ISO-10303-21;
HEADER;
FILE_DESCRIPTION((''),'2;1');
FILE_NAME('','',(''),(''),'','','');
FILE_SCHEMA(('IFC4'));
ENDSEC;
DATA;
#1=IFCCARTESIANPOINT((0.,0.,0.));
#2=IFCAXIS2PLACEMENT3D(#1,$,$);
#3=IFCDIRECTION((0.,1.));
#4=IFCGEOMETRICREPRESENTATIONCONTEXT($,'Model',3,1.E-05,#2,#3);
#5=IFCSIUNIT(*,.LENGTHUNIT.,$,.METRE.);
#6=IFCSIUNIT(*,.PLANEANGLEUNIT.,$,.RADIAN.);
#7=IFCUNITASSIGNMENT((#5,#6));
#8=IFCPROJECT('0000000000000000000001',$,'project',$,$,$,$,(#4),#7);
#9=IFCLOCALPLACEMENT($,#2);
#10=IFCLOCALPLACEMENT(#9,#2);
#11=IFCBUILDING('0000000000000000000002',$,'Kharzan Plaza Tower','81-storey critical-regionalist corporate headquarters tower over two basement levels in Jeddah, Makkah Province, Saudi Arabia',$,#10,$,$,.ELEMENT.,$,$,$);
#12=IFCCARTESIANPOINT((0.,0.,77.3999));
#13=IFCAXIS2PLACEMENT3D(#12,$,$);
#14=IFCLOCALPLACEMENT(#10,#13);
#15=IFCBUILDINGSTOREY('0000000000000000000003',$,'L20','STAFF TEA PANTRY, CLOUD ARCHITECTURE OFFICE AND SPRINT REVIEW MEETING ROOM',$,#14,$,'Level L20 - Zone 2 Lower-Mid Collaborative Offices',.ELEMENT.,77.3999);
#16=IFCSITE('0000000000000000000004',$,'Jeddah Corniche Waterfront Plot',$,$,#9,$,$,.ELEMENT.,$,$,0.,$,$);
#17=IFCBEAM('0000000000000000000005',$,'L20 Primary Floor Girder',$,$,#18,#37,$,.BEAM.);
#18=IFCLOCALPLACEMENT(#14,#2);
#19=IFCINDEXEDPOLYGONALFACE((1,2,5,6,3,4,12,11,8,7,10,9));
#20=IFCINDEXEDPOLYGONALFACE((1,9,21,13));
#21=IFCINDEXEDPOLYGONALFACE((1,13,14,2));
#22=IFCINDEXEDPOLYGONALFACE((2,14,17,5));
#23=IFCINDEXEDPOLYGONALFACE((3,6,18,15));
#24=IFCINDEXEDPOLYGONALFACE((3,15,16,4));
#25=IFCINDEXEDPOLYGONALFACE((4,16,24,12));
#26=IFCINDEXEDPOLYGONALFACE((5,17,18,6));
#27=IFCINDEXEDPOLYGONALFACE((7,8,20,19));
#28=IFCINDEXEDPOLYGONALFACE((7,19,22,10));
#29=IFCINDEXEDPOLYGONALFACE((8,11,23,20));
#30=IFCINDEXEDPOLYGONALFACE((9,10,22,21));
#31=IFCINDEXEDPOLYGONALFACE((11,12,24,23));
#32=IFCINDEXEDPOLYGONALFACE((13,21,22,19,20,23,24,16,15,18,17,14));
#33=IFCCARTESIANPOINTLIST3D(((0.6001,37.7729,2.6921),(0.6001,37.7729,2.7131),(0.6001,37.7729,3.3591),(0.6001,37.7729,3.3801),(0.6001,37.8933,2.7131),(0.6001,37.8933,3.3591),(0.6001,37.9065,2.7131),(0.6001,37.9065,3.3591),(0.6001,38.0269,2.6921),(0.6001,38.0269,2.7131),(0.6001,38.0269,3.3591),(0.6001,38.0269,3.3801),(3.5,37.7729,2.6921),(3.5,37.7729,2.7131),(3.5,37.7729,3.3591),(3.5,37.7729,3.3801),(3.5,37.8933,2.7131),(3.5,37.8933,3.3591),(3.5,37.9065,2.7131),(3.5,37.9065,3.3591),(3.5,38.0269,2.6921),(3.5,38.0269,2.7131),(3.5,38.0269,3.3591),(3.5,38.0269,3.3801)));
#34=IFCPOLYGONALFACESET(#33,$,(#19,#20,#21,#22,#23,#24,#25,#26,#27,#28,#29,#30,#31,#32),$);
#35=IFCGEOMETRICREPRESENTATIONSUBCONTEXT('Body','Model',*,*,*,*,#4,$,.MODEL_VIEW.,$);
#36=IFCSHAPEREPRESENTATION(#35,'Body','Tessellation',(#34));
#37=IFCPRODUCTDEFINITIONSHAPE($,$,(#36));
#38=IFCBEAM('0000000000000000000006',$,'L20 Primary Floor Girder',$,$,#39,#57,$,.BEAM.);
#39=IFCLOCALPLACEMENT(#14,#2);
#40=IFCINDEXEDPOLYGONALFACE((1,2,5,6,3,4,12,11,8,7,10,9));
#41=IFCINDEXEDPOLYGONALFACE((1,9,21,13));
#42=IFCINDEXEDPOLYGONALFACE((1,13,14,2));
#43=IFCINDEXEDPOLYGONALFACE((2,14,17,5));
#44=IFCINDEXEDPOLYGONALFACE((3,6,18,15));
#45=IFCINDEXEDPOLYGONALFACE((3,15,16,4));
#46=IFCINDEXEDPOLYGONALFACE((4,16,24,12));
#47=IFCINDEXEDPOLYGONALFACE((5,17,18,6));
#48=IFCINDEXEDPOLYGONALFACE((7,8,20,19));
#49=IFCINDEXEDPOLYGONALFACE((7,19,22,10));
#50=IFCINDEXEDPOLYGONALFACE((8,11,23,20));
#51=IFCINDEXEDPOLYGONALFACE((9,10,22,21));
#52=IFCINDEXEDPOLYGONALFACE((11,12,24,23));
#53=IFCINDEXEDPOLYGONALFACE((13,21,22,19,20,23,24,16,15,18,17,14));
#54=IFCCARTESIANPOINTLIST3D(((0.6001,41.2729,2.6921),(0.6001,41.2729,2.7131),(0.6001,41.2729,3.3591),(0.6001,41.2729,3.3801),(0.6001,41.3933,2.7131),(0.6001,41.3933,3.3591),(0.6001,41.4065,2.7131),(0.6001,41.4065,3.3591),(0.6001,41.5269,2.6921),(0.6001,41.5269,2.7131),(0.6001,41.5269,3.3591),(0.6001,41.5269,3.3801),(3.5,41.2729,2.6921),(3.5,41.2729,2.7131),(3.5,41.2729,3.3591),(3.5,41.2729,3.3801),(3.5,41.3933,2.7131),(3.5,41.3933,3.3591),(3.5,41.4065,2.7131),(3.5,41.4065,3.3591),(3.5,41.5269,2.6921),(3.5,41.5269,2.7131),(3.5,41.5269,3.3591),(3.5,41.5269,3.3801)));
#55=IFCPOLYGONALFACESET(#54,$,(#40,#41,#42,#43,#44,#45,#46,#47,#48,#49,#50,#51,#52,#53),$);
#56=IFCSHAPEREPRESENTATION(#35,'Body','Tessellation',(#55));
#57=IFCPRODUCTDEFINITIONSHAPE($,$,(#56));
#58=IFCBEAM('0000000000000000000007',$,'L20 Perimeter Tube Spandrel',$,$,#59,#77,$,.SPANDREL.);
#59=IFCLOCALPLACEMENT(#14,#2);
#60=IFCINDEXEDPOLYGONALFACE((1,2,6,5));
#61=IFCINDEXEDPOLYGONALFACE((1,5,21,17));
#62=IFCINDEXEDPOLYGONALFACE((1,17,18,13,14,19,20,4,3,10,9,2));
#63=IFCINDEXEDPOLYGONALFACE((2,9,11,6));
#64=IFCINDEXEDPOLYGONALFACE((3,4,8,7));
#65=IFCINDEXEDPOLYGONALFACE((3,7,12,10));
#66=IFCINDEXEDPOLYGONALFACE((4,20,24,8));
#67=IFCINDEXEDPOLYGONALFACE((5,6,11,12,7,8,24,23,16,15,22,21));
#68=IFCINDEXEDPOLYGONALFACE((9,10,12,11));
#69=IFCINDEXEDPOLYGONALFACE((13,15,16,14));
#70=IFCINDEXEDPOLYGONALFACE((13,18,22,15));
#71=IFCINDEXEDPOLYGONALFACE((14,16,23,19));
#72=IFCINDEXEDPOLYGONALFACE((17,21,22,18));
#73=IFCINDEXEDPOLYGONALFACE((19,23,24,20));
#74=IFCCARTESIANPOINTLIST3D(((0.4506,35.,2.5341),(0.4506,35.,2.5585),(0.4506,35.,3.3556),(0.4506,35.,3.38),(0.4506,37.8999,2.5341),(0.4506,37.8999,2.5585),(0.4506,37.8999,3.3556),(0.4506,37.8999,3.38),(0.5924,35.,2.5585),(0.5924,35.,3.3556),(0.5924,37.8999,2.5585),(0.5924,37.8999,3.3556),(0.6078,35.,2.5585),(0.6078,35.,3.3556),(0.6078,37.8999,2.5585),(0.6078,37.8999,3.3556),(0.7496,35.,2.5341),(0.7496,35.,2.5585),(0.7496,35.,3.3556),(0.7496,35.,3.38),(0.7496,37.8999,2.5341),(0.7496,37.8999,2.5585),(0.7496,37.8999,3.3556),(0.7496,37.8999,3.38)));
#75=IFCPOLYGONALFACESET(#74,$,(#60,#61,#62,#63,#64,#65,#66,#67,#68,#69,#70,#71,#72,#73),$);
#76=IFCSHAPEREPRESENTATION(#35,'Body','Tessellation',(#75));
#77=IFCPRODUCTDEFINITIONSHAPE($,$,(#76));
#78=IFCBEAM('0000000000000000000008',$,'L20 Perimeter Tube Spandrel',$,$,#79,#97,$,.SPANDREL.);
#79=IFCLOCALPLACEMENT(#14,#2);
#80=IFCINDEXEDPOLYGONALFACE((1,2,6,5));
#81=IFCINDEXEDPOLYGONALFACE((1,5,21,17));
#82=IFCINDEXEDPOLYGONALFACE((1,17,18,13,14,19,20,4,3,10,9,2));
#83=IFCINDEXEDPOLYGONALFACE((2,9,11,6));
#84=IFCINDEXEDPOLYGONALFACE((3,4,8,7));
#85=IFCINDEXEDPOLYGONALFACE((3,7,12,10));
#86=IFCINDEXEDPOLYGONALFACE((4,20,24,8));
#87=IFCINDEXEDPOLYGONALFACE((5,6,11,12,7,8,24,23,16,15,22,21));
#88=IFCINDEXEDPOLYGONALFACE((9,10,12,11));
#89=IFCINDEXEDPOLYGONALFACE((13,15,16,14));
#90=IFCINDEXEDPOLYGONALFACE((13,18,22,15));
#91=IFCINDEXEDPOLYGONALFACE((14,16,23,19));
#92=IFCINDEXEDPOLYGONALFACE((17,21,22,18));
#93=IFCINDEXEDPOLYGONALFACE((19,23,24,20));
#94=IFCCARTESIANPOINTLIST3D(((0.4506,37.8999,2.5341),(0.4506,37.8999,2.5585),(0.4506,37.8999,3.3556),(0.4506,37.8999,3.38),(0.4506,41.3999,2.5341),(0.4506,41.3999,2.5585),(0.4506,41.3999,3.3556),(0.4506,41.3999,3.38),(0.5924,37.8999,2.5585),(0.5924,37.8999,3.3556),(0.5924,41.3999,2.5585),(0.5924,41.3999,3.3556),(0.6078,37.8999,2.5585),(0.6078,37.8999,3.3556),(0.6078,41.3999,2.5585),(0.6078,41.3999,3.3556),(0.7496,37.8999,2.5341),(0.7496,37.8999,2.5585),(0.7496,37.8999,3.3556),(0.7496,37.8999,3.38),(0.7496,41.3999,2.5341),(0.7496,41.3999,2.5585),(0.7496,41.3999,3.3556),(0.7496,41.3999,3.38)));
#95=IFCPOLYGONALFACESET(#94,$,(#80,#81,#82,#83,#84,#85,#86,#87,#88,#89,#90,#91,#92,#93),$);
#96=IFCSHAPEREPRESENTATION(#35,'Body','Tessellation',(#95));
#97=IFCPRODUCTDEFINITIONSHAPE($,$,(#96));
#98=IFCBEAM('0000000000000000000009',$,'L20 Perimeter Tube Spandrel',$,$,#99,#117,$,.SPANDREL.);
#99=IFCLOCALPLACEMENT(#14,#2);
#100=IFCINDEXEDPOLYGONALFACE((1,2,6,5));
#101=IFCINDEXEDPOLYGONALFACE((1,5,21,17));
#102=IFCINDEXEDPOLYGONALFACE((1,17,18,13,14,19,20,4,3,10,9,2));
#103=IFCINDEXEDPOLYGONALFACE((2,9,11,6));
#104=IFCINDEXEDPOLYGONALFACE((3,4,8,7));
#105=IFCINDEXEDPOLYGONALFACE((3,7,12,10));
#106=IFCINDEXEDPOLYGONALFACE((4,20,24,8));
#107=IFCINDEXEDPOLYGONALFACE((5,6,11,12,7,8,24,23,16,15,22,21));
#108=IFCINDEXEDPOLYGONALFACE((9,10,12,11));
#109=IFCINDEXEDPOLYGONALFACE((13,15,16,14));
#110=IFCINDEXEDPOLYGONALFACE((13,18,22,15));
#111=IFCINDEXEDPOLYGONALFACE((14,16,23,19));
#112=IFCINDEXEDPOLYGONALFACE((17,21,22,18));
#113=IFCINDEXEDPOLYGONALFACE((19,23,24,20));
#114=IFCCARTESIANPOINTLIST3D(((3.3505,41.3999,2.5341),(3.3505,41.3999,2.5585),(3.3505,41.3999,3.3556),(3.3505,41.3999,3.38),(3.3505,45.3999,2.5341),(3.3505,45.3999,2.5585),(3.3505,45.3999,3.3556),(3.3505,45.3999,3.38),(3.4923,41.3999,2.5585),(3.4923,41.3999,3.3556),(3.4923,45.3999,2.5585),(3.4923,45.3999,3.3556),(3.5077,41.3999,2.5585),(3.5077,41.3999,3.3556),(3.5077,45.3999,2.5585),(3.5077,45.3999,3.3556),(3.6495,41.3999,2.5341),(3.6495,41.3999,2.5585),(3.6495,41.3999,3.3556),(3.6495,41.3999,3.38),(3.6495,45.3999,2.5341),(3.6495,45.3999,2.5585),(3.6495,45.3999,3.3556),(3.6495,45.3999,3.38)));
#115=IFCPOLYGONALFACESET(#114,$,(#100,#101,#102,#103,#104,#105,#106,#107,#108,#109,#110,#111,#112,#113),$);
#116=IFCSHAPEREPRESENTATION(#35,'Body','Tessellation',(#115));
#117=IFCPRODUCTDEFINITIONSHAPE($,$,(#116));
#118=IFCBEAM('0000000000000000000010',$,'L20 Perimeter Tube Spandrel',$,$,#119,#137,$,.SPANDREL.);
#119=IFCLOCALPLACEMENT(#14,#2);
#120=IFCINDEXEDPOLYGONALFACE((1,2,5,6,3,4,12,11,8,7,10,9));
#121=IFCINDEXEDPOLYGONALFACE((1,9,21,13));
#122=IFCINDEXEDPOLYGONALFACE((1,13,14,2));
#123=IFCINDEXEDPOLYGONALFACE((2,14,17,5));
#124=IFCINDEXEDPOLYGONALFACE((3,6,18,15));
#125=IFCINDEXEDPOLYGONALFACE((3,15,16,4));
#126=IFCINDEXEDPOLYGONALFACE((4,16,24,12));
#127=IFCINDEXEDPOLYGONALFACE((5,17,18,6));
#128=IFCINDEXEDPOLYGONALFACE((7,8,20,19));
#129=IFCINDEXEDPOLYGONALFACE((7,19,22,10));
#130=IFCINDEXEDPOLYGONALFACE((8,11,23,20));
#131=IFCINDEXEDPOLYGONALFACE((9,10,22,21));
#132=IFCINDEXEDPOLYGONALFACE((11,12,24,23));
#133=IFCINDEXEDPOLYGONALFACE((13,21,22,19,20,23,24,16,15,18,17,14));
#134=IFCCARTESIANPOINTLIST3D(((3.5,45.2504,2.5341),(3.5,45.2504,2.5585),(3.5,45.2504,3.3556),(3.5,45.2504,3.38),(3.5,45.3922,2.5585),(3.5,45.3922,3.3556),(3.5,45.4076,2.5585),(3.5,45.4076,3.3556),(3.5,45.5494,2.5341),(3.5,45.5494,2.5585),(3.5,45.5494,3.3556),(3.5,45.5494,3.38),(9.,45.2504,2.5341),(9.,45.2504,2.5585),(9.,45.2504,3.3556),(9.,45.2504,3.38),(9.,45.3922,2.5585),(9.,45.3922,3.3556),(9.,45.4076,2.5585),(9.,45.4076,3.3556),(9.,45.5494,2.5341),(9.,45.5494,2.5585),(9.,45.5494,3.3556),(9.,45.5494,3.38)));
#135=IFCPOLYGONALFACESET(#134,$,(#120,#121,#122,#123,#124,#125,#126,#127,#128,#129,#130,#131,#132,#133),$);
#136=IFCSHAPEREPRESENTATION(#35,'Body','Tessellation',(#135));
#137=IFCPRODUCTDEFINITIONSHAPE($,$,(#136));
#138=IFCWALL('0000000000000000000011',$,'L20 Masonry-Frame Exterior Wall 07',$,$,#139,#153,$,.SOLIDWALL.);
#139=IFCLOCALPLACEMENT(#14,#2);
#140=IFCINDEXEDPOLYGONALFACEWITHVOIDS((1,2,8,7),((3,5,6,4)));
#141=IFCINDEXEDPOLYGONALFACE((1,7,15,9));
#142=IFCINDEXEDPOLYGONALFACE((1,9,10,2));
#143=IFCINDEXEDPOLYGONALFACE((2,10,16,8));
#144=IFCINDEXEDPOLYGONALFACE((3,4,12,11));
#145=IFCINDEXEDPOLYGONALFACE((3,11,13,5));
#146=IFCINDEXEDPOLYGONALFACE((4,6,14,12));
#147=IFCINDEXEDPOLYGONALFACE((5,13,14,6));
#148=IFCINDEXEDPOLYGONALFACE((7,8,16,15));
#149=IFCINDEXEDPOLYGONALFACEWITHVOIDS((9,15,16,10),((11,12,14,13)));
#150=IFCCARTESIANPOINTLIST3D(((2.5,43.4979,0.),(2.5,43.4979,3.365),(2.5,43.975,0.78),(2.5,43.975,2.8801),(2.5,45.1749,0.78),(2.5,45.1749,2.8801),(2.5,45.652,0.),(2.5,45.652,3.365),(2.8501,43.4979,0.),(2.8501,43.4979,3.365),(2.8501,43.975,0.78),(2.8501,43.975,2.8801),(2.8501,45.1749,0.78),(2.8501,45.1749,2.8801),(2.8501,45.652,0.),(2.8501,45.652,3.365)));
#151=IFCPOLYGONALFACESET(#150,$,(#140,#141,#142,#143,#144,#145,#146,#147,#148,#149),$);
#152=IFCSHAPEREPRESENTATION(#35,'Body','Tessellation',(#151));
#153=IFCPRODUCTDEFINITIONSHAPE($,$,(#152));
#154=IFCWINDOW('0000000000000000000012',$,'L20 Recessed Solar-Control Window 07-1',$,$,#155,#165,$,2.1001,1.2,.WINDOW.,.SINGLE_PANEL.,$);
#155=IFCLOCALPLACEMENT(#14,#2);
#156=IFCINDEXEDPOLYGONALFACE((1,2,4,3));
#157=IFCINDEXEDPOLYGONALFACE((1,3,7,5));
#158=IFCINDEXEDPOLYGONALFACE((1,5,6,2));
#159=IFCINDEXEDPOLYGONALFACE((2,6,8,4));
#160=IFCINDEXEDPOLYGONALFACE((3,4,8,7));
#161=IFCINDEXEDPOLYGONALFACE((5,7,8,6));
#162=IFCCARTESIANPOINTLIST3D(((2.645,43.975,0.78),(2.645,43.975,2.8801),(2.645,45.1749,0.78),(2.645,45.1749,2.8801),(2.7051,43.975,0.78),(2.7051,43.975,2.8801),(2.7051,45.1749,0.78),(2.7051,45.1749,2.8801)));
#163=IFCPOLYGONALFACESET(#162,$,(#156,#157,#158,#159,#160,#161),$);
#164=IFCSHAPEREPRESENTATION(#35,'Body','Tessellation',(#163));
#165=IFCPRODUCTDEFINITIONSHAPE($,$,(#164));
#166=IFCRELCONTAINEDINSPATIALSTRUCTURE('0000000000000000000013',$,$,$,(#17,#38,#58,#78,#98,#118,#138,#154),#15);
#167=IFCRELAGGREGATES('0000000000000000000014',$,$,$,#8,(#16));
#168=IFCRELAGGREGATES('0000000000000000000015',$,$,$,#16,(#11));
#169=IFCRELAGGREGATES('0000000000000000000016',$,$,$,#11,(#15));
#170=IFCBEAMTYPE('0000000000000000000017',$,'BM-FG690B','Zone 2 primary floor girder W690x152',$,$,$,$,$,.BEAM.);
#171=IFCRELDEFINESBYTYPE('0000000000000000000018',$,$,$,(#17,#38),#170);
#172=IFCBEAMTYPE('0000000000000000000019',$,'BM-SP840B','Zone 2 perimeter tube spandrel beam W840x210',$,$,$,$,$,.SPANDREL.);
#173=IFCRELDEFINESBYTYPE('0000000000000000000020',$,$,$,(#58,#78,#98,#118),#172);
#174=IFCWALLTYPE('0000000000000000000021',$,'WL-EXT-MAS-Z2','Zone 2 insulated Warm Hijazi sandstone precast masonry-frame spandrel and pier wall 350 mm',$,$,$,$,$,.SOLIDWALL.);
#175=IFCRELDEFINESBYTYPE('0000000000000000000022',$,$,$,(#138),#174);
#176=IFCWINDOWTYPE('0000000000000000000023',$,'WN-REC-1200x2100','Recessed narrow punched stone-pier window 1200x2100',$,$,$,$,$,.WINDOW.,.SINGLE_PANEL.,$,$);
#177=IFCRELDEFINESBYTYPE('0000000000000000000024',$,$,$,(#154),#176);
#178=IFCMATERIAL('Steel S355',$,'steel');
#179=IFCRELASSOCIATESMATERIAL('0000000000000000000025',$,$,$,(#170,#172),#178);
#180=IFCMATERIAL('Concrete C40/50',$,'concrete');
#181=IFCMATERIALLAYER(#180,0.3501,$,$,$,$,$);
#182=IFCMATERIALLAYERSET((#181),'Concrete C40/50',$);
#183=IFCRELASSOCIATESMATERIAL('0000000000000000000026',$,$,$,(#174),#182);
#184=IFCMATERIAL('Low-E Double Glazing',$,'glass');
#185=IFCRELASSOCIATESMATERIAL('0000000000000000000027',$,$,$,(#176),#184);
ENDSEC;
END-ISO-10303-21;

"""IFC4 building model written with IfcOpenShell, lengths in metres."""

from ifc_helpers import new_model, si_unit, direction, frame, frame_2d, origin, origin_2d, place, context, subcontext, project, spatial, rectangle, i_section, extrude, source, transform, mapped, material, layer, layer_set, material_profile, profile_set, type_object, element, fill, save


model = new_model("IFC4")

# Units and contexts
model_context = context("Model", 3, precision=1e-05, world=origin(), true_north=direction((0.0, 1.0)))
body_context = subcontext(model_context, "Body", "Model", "MODEL_VIEW")
ifc_project = project(units=[si_unit("LENGTHUNIT", "METRE"), si_unit("PLANEANGLEUNIT", "RADIAN")], contexts=[model_context])

# Site, building, storey
site_placement = place(None, origin())
site = spatial("IfcSite", under=ifc_project, at=site_placement, Name="Jeddah Corniche Waterfront Plot", CompositionType="ELEMENT", RefElevation=0.0)
building_placement = place(site_placement, origin())
building = spatial("IfcBuilding", under=site, at=building_placement, Name="Kharzan Plaza Tower", Description="81-storey critical-regionalist corporate headquarters tower over two basement levels in Jeddah, Makkah Province, Saudi Arabia", CompositionType="ELEMENT")
storey_placement = place(building_placement, frame((0.0, 0.0, 77.3999)))
storey = spatial("IfcBuildingStorey", under=building, at=storey_placement, Name="L20", Description="STAFF TEA PANTRY, CLOUD ARCHITECTURE OFFICE AND SPRINT REVIEW MEETING ROOM", LongName="Level L20 - Zone 2 Lower-Mid Collaborative Offices", CompositionType="ELEMENT", Elevation=77.3999)

# Beams
ifc_material_1 = material(Name="Steel S355", Category="steel")
ifc_material_profile_1 = material_profile(ifc_material_1, i_section(OverallWidth=0.2539, OverallDepth=0.688, WebThickness=0.0132, FlangeThickness=0.021, at=origin_2d()), Name="W690x152")
ifc_profile_set_1 = profile_set([ifc_material_profile_1], Name="Steel S355")
beam_type_1 = type_object("IfcBeamType", Name="BM-FG690B", Description="Zone 2 primary floor girder W690x152", PredefinedType="BEAM", material=ifc_profile_set_1)
shared_shape_1 = source(origin(), body_context, "Body", "SweptSolid", [
    extrude(i_section(OverallWidth=0.2539, OverallDepth=0.688, WebThickness=0.0132, FlangeThickness=0.021, at=origin_2d()), origin(), (0.0, 0.0, 1.0), 2.8999),
])
for number, where, z_axis, x_axis, name in (
    (1, (0.6001, 37.8999, 3.0361), (1.0, 0.0, 0.0), (0.0, 1.0, 0.0), "L20 Primary Floor Girder"),
    (2, (0.6001, 41.3999, 3.0361), (1.0, 0.0, 0.0), (0.0, 1.0, 0.0), "L20 Primary Floor Girder"),
):
    element("IfcBeam", number, at=place(storey_placement, frame(where, z_axis=z_axis, x_axis=x_axis)), inside=storey, type_object=beam_type_1, Name=name, PredefinedType="BEAM", context=body_context, shape_type="MappedRepresentation", body=[
        mapped(shared_shape_1, transform((0.0, 0.0, 0.0), x_axis=(1.0, 0.0, 0.0), y_axis=(0.0, 1.0, 0.0), z_axis=(0.0, 0.0, 1.0))),
    ])
ifc_material_profile_2 = material_profile(ifc_material_1, i_section(OverallWidth=0.2991, OverallDepth=0.8459, WebThickness=0.0154, FlangeThickness=0.0244, at=origin_2d()), Name="W840x210")
ifc_profile_set_2 = profile_set([ifc_material_profile_2], Name="Steel S355")
beam_type_2 = type_object("IfcBeamType", Name="BM-SP840B", Description="Zone 2 perimeter tube spandrel beam W840x210", PredefinedType="SPANDREL", material=ifc_profile_set_2)
shared_shape_2 = source(origin(), body_context, "Body", "SweptSolid", [
    extrude(i_section(OverallWidth=0.2991, OverallDepth=0.8459, WebThickness=0.0154, FlangeThickness=0.0244, at=origin_2d()), origin(), (0.0, 0.0, 1.0), 2.8999),
])
beam_1_placement = place(storey_placement, frame((0.6001, 35.0, 2.957), z_axis=(0.0, 1.0, 0.0), x_axis=(-1.0, 0.0, 0.0)))
element("IfcBeam", 3, at=beam_1_placement, inside=storey, type_object=beam_type_2, Name="L20 Perimeter Tube Spandrel", PredefinedType="SPANDREL", context=body_context, shape_type="MappedRepresentation", body=[
    mapped(shared_shape_2, transform((0.0, 0.0, 0.0), x_axis=(1.0, 0.0, 0.0), y_axis=(0.0, 1.0, 0.0), z_axis=(0.0, 0.0, 1.0))),
])
shared_shape_3 = source(origin(), body_context, "Body", "SweptSolid", [
    extrude(i_section(OverallWidth=0.2991, OverallDepth=0.8459, WebThickness=0.0154, FlangeThickness=0.0244, at=origin_2d()), origin(), (0.0, 0.0, 1.0), 3.5),
])
beam_2_placement = place(storey_placement, frame((0.6001, 37.8999, 2.957), z_axis=(0.0, 1.0, 0.0), x_axis=(-1.0, 0.0, 0.0)))
element("IfcBeam", 4, at=beam_2_placement, inside=storey, type_object=beam_type_2, Name="L20 Perimeter Tube Spandrel", PredefinedType="SPANDREL", context=body_context, shape_type="MappedRepresentation", body=[
    mapped(shared_shape_3, transform((0.0, 0.0, 0.0), x_axis=(1.0, 0.0, 0.0), y_axis=(0.0, 1.0, 0.0), z_axis=(0.0, 0.0, 1.0))),
])
shared_shape_4 = source(origin(), body_context, "Body", "SweptSolid", [
    extrude(i_section(OverallWidth=0.2991, OverallDepth=0.8459, WebThickness=0.0154, FlangeThickness=0.0244, at=origin_2d()), origin(), (0.0, 0.0, 1.0), 4.0),
])
beam_3_placement = place(storey_placement, frame((3.5, 41.3999, 2.957), z_axis=(0.0, 1.0, 0.0), x_axis=(-1.0, 0.0, 0.0)))
element("IfcBeam", 5, at=beam_3_placement, inside=storey, type_object=beam_type_2, Name="L20 Perimeter Tube Spandrel", PredefinedType="SPANDREL", context=body_context, shape_type="MappedRepresentation", body=[
    mapped(shared_shape_4, transform((0.0, 0.0, 0.0), x_axis=(1.0, 0.0, 0.0), y_axis=(0.0, 1.0, 0.0), z_axis=(0.0, 0.0, 1.0))),
])
shared_shape_5 = source(origin(), body_context, "Body", "SweptSolid", [
    extrude(i_section(OverallWidth=0.2991, OverallDepth=0.8459, WebThickness=0.0154, FlangeThickness=0.0244, at=origin_2d()), origin(), (0.0, 0.0, 1.0), 5.5),
])
beam_4_placement = place(storey_placement, frame((3.5, 45.3999, 2.957), z_axis=(1.0, 0.0, 0.0), x_axis=(0.0, 1.0, 0.0)))
element("IfcBeam", 6, at=beam_4_placement, inside=storey, type_object=beam_type_2, Name="L20 Perimeter Tube Spandrel", PredefinedType="SPANDREL", context=body_context, shape_type="MappedRepresentation", body=[
    mapped(shared_shape_5, transform((0.0, 0.0, 0.0), x_axis=(1.0, 0.0, 0.0), y_axis=(0.0, 1.0, 0.0), z_axis=(0.0, 0.0, 1.0))),
])

# Wall, opening, window
ifc_material_2 = material(Name="Concrete C40/50", Category="concrete")
ifc_layer_1 = layer(ifc_material_2, 0.3501)
ifc_layer_set_1 = layer_set([ifc_layer_1], Name="Concrete C40/50")
wall_type_1 = type_object("IfcWallType", Name="WL-EXT-MAS-Z2", Description="Zone 2 insulated Warm Hijazi sandstone precast masonry-frame spandrel and pier wall 350 mm", PredefinedType="SOLIDWALL", material=ifc_layer_set_1)
wall_1_placement = place(storey_placement, frame((2.675, 45.6521, 0.0), z_axis=(0.0, 0.0, 1.0), x_axis=(0.0, -1.0, 0.0)))
wall_1 = element("IfcWall", 7, at=wall_1_placement, inside=storey, type_object=wall_type_1, Name="L20 Masonry-Frame Exterior Wall 07", PredefinedType="SOLIDWALL", context=body_context, shape_type="SweptSolid", body=[
    extrude(rectangle(XDim=2.1541, YDim=0.3501, at=frame_2d((1.0771, 0.0))), origin(), (0.0, 0.0, 1.0), 3.365),
])
opening_1_placement = place(wall_1_placement, frame((0.4771, 0.0, 0.78)))
opening_1 = element("IfcOpeningElement", 8, at=opening_1_placement, cuts=wall_1, PredefinedType="OPENING", context=body_context, shape_type="SweptSolid", body=[
    extrude(rectangle(XDim=1.2, YDim=2.1001, at=frame_2d((0.6001, 1.05))), frame((0.0, 0.1851, 0.0), z_axis=(0.0, -1.0, 0.0), x_axis=(1.0, 0.0, 0.0)), (0.0, 0.0, 1.0), 0.3701),
])
ifc_material_3 = material(Name="Low-E Double Glazing", Category="glass")
window_type_1 = type_object("IfcWindowType", Name="WN-REC-1200x2100", Description="Recessed narrow punched stone-pier window 1200x2100", PartitioningType="SINGLE_PANEL", PredefinedType="WINDOW", material=ifc_material_3)
shared_shape_6 = source(origin(), body_context, "Body", "SweptSolid", [
    extrude(rectangle(XDim=1.2, YDim=2.1001, at=frame_2d((0.6001, 1.05))), frame((0.0, 0.03, 0.0), z_axis=(0.0, -1.0, 0.0), x_axis=(1.0, 0.0, 0.0)), (0.0, 0.0, 1.0), 0.0601),
])
window_1_placement = place(opening_1_placement, origin())
window_1 = element("IfcWindow", 9, at=window_1_placement, inside=storey, type_object=window_type_1, Name="L20 Recessed Solar-Control Window 07-1", OverallHeight=2.1001, OverallWidth=1.2, PartitioningType="SINGLE_PANEL", PredefinedType="WINDOW", context=body_context, shape_type="MappedRepresentation", body=[
    mapped(shared_shape_6, transform((0.0, 0.0, 0.0), x_axis=(1.0, 0.0, 0.0), y_axis=(0.0, 1.0, 0.0), z_axis=(0.0, 0.0, 1.0))),
])
fill(opening_1, window_1)

save(model, "model.ifc")
